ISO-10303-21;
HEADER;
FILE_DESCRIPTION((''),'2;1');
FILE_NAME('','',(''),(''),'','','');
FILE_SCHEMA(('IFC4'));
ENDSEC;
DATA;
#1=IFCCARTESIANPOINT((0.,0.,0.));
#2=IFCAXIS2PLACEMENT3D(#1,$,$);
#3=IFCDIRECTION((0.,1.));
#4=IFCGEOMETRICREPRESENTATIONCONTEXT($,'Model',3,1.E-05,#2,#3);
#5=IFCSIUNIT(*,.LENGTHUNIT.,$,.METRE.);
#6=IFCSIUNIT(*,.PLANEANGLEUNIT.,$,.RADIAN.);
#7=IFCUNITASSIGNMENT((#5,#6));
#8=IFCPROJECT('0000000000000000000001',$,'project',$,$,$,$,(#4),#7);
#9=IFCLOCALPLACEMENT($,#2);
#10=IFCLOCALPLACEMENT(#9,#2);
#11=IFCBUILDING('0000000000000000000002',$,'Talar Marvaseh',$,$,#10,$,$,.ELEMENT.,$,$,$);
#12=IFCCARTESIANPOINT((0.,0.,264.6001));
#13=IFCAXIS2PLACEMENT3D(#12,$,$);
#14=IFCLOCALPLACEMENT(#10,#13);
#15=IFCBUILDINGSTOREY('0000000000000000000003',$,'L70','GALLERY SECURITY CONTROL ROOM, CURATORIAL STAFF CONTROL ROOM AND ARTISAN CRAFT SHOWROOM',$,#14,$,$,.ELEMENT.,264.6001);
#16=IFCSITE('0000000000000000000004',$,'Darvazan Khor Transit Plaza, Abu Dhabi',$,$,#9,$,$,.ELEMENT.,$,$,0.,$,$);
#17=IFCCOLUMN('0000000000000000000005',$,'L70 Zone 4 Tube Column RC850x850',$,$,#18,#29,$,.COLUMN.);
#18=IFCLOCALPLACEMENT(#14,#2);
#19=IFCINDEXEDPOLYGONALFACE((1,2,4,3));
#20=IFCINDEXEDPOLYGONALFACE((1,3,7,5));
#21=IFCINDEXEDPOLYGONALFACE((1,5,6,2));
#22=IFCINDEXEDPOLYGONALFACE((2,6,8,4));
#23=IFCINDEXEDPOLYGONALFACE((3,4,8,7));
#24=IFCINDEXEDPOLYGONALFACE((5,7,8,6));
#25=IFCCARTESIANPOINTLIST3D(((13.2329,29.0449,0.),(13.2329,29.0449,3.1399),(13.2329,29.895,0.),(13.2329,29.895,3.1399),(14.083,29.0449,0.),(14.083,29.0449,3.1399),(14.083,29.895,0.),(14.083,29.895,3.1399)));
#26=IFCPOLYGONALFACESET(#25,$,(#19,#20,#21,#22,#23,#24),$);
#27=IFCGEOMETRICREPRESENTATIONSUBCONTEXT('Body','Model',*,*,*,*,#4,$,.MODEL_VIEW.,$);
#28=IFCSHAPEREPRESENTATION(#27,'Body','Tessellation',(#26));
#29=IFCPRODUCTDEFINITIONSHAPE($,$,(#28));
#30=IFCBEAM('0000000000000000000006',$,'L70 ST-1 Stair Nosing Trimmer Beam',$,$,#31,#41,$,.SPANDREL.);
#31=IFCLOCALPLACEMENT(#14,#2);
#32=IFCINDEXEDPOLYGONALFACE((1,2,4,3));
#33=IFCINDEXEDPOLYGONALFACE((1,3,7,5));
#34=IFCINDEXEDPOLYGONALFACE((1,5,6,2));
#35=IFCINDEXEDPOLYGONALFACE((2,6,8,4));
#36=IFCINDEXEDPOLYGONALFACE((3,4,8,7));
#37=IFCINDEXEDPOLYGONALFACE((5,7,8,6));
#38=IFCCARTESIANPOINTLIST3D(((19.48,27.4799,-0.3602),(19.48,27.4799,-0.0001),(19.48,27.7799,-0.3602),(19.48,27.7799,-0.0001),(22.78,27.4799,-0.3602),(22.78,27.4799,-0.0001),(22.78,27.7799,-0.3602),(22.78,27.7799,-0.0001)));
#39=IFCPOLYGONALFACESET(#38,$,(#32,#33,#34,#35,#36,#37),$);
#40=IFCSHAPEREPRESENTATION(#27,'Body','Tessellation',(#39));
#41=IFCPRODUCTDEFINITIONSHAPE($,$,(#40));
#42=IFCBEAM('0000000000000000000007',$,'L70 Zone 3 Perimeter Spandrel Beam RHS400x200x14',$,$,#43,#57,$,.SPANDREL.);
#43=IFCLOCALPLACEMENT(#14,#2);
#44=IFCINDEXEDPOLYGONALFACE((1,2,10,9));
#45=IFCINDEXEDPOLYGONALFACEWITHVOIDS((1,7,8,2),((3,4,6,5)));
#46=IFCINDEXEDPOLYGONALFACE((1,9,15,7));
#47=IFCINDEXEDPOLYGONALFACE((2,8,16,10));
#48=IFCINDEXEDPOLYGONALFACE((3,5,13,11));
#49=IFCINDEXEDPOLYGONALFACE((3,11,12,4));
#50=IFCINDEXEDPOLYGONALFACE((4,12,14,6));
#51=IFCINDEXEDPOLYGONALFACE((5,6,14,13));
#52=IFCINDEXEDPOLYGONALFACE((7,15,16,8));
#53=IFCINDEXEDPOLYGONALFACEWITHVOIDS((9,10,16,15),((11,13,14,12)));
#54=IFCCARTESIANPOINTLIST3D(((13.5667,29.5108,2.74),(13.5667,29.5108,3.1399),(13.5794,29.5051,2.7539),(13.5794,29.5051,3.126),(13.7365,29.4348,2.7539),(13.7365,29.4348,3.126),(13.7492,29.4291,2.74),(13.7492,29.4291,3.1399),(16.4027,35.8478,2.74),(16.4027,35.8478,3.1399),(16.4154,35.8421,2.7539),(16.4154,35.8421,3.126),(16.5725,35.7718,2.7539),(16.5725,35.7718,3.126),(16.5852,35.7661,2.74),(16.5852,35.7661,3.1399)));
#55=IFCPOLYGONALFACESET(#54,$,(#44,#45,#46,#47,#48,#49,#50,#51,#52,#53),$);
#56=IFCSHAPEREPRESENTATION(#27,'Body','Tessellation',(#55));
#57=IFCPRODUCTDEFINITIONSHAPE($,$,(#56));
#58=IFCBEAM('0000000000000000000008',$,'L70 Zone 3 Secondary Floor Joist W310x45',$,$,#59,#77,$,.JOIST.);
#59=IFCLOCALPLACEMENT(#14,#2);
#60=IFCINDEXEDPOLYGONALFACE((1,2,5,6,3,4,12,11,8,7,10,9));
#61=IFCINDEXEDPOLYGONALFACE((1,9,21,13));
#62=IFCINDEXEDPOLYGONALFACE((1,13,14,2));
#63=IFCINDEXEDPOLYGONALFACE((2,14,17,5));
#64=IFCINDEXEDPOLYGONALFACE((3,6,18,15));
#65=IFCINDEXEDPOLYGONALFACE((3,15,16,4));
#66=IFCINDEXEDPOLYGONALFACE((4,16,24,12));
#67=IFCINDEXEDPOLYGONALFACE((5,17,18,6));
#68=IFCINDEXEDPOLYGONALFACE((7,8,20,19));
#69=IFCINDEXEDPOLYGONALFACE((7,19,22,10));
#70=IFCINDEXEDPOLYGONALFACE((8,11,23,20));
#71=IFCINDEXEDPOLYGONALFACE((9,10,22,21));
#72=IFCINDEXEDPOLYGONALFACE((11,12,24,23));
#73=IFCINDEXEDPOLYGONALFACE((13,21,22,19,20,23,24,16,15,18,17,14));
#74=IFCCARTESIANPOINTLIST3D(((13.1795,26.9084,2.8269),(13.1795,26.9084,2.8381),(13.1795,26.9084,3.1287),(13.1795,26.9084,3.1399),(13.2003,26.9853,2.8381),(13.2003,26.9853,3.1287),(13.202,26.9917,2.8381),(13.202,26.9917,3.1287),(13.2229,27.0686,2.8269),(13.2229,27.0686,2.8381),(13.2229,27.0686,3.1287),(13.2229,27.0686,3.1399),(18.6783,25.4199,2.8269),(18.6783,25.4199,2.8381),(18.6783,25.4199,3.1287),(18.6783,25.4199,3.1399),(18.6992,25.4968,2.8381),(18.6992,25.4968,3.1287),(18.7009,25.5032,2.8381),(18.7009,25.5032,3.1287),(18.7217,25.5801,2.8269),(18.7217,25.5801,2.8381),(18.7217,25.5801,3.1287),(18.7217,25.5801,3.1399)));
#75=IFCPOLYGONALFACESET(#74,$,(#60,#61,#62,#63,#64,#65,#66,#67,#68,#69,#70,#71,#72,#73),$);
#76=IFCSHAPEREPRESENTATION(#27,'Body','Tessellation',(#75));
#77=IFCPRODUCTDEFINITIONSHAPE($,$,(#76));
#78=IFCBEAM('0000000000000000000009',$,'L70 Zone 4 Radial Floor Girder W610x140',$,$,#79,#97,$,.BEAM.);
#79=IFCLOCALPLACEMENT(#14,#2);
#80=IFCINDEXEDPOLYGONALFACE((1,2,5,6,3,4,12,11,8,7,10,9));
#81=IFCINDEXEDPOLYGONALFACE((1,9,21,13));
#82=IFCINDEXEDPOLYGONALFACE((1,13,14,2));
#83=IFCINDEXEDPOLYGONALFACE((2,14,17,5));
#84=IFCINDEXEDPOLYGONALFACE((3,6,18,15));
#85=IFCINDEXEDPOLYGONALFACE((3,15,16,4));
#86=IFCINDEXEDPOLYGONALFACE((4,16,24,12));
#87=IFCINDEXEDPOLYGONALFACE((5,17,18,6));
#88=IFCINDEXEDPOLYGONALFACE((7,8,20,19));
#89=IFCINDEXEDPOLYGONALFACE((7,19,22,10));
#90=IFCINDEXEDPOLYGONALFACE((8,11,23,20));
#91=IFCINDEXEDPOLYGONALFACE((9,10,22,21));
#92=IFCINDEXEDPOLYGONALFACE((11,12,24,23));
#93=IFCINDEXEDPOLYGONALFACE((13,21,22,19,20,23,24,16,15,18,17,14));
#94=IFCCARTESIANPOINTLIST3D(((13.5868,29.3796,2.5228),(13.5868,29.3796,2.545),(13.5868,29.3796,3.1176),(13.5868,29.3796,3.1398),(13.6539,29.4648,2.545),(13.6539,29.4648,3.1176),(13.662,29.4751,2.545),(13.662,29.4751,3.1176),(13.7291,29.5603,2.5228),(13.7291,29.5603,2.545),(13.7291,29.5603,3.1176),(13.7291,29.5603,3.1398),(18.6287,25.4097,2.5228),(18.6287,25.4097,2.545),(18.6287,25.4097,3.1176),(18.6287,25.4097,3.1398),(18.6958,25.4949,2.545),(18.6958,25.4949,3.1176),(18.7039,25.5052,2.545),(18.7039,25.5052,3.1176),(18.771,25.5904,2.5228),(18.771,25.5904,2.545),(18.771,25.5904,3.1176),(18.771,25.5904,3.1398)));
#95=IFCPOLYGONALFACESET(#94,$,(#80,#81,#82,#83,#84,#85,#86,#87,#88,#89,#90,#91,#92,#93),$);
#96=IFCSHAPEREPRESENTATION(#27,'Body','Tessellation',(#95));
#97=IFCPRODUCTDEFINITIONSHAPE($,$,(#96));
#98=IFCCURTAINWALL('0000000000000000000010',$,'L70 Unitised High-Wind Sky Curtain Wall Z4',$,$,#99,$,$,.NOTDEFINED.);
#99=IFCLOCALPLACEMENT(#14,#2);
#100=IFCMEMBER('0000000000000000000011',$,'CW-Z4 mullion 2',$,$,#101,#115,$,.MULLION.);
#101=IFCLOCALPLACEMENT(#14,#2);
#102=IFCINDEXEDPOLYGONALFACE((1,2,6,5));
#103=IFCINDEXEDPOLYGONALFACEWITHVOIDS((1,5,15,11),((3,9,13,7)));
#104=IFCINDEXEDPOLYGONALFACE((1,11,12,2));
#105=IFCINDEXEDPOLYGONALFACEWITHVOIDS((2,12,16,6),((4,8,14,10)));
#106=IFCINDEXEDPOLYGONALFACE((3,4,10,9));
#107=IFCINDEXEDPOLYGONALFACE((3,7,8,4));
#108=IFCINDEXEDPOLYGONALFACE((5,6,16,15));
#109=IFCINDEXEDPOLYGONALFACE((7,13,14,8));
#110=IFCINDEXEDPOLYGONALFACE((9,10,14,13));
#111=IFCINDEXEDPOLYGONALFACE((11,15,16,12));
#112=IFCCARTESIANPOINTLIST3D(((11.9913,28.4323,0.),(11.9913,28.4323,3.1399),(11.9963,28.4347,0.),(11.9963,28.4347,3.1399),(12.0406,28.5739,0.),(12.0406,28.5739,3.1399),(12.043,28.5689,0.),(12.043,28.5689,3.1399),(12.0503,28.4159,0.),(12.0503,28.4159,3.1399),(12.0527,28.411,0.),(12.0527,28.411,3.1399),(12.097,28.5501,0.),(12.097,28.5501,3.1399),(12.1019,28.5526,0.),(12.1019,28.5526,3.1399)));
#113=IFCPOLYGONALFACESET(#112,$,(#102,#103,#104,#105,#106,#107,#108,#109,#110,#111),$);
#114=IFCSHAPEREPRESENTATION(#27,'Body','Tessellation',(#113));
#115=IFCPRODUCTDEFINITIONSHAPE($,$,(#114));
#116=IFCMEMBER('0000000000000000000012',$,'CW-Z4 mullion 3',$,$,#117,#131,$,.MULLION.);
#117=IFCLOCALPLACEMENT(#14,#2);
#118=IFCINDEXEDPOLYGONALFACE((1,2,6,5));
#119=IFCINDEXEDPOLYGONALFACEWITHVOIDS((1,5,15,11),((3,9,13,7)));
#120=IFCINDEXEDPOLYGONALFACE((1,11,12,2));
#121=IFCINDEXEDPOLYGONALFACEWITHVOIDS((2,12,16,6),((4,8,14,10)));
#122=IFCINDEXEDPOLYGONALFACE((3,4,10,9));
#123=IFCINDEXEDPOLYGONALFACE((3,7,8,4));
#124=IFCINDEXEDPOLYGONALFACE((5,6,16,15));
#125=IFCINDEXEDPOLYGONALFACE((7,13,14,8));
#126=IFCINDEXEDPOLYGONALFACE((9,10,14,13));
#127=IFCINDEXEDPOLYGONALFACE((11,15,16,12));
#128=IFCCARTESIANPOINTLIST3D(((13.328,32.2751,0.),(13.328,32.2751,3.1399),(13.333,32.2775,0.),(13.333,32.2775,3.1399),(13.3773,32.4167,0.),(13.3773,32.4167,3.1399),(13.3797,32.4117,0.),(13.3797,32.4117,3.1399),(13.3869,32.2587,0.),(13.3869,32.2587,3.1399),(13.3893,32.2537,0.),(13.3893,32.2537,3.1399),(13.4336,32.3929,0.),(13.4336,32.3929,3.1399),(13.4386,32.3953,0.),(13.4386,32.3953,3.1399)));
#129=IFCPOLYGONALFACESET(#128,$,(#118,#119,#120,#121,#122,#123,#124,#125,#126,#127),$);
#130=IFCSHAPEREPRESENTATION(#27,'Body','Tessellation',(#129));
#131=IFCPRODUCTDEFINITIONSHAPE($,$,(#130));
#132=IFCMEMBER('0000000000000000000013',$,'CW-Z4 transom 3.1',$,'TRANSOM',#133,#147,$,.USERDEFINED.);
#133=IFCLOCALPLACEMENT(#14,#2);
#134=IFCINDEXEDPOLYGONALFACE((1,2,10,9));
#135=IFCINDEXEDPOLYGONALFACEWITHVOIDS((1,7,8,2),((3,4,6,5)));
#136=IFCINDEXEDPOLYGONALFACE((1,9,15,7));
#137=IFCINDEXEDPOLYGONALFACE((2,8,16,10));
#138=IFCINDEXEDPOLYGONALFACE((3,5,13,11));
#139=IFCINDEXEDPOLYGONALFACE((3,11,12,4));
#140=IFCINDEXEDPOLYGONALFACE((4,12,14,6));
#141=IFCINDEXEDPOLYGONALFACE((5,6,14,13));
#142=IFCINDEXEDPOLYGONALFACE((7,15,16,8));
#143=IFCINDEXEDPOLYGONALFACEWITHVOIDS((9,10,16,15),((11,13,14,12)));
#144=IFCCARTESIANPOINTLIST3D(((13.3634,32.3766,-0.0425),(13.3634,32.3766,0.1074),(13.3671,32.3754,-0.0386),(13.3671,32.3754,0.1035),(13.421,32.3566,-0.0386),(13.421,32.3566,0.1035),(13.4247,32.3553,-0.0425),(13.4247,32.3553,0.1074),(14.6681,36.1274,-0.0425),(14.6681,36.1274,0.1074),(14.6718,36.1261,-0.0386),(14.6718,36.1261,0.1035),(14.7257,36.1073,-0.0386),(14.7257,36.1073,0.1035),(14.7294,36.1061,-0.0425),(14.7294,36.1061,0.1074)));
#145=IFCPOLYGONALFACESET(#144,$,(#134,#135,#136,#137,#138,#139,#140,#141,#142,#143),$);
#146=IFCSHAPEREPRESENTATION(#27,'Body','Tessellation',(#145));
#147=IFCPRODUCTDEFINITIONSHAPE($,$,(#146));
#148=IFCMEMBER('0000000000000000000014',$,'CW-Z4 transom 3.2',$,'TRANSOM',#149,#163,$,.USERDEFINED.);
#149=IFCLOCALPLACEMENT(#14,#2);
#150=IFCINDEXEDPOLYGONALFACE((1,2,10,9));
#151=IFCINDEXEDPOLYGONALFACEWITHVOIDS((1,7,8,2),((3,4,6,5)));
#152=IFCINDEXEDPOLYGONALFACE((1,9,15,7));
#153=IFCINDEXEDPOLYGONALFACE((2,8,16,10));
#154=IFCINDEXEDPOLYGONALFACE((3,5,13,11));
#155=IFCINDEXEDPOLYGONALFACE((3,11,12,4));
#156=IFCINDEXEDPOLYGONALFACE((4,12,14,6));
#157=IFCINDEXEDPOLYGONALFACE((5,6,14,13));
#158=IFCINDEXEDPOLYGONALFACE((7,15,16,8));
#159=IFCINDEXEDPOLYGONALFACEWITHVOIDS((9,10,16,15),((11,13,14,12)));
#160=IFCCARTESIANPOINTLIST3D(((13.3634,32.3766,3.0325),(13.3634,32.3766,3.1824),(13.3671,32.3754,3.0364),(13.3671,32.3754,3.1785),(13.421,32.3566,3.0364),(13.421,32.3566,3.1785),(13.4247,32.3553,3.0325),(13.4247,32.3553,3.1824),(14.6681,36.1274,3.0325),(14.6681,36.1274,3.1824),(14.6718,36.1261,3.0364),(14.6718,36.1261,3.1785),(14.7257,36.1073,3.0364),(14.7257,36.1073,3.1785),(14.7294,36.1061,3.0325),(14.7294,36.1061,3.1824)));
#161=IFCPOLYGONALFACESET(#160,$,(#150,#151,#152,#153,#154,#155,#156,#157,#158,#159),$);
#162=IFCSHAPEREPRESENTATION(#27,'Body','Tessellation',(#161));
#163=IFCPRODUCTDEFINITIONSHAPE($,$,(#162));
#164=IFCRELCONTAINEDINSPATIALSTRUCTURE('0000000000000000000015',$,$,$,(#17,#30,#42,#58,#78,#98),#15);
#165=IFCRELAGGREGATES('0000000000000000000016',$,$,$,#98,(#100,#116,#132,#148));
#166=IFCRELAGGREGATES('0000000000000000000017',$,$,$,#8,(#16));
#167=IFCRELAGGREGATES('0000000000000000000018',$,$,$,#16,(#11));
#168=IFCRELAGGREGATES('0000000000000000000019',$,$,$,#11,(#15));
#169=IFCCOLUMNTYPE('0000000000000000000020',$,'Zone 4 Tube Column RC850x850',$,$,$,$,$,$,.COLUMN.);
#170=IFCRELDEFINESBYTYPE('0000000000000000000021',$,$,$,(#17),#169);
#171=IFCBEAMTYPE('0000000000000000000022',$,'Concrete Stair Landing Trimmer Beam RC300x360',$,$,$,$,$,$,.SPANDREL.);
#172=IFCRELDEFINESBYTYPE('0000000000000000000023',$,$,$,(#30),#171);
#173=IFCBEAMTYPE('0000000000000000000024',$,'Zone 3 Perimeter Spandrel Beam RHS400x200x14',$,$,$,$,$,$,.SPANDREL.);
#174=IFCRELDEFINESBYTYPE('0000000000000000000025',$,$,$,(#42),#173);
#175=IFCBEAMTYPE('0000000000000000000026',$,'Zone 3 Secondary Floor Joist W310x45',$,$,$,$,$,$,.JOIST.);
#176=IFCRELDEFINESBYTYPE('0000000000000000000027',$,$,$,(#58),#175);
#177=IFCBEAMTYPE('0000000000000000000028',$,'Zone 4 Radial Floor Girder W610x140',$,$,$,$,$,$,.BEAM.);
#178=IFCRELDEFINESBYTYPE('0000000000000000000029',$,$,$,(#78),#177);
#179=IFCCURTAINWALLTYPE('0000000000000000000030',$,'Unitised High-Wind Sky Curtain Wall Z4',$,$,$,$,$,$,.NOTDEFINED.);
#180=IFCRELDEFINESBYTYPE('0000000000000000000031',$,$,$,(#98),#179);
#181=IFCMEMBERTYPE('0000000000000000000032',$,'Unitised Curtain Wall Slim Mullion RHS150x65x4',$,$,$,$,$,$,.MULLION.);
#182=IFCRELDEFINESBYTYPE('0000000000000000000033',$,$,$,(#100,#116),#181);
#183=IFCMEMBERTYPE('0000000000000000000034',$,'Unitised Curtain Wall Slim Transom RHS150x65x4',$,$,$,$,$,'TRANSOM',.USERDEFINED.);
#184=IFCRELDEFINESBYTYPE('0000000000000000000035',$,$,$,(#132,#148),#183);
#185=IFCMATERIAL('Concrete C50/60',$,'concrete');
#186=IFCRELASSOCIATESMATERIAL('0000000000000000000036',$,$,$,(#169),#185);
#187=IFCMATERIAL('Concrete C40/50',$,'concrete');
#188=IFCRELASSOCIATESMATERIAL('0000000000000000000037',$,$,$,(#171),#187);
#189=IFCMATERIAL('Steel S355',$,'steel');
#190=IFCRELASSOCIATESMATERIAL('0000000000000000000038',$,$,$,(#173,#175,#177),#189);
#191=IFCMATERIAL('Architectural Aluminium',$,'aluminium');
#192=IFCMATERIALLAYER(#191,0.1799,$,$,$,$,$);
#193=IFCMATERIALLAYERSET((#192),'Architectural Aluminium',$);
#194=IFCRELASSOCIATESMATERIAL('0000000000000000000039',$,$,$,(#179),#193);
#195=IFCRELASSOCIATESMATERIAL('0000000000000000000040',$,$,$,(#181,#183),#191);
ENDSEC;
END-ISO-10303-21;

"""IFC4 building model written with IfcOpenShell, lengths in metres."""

from ifc_helpers import new_model, si_unit, direction, frame, origin, origin_2d, place, context, subcontext, project, spatial, rectangle, hollow_rectangle, i_section, extrude, source, transform, mapped, material, layer, layer_set, material_profile, profile_set, type_object, type_shapes, element, aggregate, save


model = new_model("IFC4")

# Units and contexts
model_context = context("Model", 3, precision=1e-05, world=origin(), true_north=direction((0.0, 1.0)))
body_context = subcontext(model_context, "Body", "Model", "MODEL_VIEW")
ifc_project = project(units=[si_unit("LENGTHUNIT", "METRE"), si_unit("PLANEANGLEUNIT", "RADIAN")], contexts=[model_context])

# Site, building, storey
site_placement = place(None, origin())
site = spatial("IfcSite", under=ifc_project, at=site_placement, Name="Darvazan Khor Transit Plaza, Abu Dhabi", CompositionType="ELEMENT", RefElevation=0.0)
building_placement = place(site_placement, origin())
building = spatial("IfcBuilding", under=site, at=building_placement, Name="Talar Marvaseh", CompositionType="ELEMENT")
storey_placement = place(building_placement, frame((0.0, 0.0, 264.6001)))
storey = spatial("IfcBuildingStorey", under=building, at=storey_placement, Name="L70", Description="GALLERY SECURITY CONTROL ROOM, CURATORIAL STAFF CONTROL ROOM AND ARTISAN CRAFT SHOWROOM", CompositionType="ELEMENT", Elevation=264.6001)

# Column
ifc_material_1 = material(Name="Concrete C50/60", Category="concrete")
ifc_material_profile_1 = material_profile(ifc_material_1, rectangle(XDim=0.8501, YDim=0.8501, at=origin_2d()), Name="RC850x850")
ifc_profile_set_1 = profile_set([ifc_material_profile_1], Name="Concrete C50/60")
column_type = type_object("IfcColumnType", Name="Zone 4 Tube Column RC850x850", PredefinedType="COLUMN", material=ifc_profile_set_1)
column_placement = place(storey_placement, frame((13.658, 29.47, 0.0), z_axis=(0.0, 0.0, 1.0), x_axis=(1.0, 0.0, 0.0)))
element("IfcColumn", 1, at=column_placement, inside=storey, type_object=column_type, Name="L70 Zone 4 Tube Column RC850x850", PredefinedType="COLUMN", context=body_context, shape_type="SweptSolid", body=[
    extrude(rectangle(XDim=0.8501, YDim=0.8501, at=origin_2d()), origin(), (0.0, 0.0, 1.0), 3.1399),
])

# Beams
ifc_material_2 = material(Name="Concrete C40/50", Category="concrete")
ifc_material_profile_2 = material_profile(ifc_material_2, rectangle(XDim=0.3, YDim=0.3601, at=origin_2d()), Name="RC300x360")
ifc_profile_set_2 = profile_set([ifc_material_profile_2], Name="Concrete C40/50")
beam_type_1 = type_object("IfcBeamType", Name="Concrete Stair Landing Trimmer Beam RC300x360", PredefinedType="SPANDREL", material=ifc_profile_set_2)
beam_1_placement = place(storey_placement, frame((22.78, 27.6299, -0.1802), z_axis=(-1.0, 0.0, 0.0), x_axis=(0.0, -1.0, 0.0)))
element("IfcBeam", 2, at=beam_1_placement, inside=storey, type_object=beam_type_1, Name="L70 ST-1 Stair Nosing Trimmer Beam", PredefinedType="SPANDREL", context=body_context, shape_type="SweptSolid", body=[
    extrude(rectangle(XDim=0.3, YDim=0.3601, at=origin_2d()), origin(), (0.0, 0.0, 1.0), 3.3),
])
ifc_material_3 = material(Name="Steel S355", Category="steel")
ifc_material_profile_3 = material_profile(ifc_material_3, hollow_rectangle(XDim=0.2, YDim=0.3999, WallThickness=0.0139, at=origin_2d()), Name="RHS400x200x14")
ifc_profile_set_3 = profile_set([ifc_material_profile_3], Name="Steel S355")
beam_type_2 = type_object("IfcBeamType", Name="Zone 3 Perimeter Spandrel Beam RHS400x200x14", PredefinedType="SPANDREL", material=ifc_profile_set_3)
beam_2_placement = place(storey_placement, frame((13.658, 29.47, 2.9399), z_axis=(0.408486, 0.912764, 0.0), x_axis=(-0.912764, 0.408486, 0.0)))
element("IfcBeam", 3, at=beam_2_placement, inside=storey, type_object=beam_type_2, Name="L70 Zone 3 Perimeter Spandrel Beam RHS400x200x14", PredefinedType="SPANDREL", context=body_context, shape_type="SweptSolid", body=[
    extrude(hollow_rectangle(XDim=0.2, YDim=0.3999, WallThickness=0.0139, at=origin_2d()), origin(), (0.0, 0.0, 1.0), 6.9426),
])
ifc_material_profile_4 = material_profile(ifc_material_3, i_section(OverallWidth=0.166, OverallDepth=0.313, WebThickness=0.0066, FlangeThickness=0.0112, at=origin_2d()), Name="W310x45")
ifc_profile_set_4 = profile_set([ifc_material_profile_4], Name="Steel S355")
beam_type_3 = type_object("IfcBeamType", Name="Zone 3 Secondary Floor Joist W310x45", PredefinedType="JOIST", material=ifc_profile_set_4)
beam_3_placement = place(storey_placement, frame((13.2012, 26.9885, 2.9834), z_axis=(0.965259, -0.261297, 0.0), x_axis=(0.261297, 0.965259, 0.0)))
element("IfcBeam", 4, at=beam_3_placement, inside=storey, type_object=beam_type_3, Name="L70 Zone 3 Secondary Floor Joist W310x45", PredefinedType="JOIST", context=body_context, shape_type="SweptSolid", body=[
    extrude(i_section(OverallWidth=0.166, OverallDepth=0.313, WebThickness=0.0066, FlangeThickness=0.0112, at=origin_2d()), origin(), (0.0, 0.0, 1.0), 5.6968),
])
ifc_material_profile_5 = material_profile(ifc_material_3, i_section(OverallWidth=0.23, OverallDepth=0.6169, WebThickness=0.0132, FlangeThickness=0.0222, at=origin_2d()), Name="W610x140")
ifc_profile_set_5 = profile_set([ifc_material_profile_5], Name="Steel S355")
beam_type_4 = type_object("IfcBeamType", Name="Zone 4 Radial Floor Girder W610x140", PredefinedType="BEAM", material=ifc_profile_set_5)
beam_4_placement = place(storey_placement, frame((13.658, 29.47, 2.8313), z_axis=(0.785682, -0.618631, 0.0), x_axis=(0.618631, 0.785682, 0.0)))
element("IfcBeam", 5, at=beam_4_placement, inside=storey, type_object=beam_type_4, Name="L70 Zone 4 Radial Floor Girder W610x140", PredefinedType="BEAM", context=body_context, shape_type="SweptSolid", body=[
    extrude(i_section(OverallWidth=0.23, OverallDepth=0.6169, WebThickness=0.0132, FlangeThickness=0.0222, at=origin_2d()), origin(), (0.0, 0.0, 1.0), 6.4172),
])

# Curtain wall, members
ifc_material_4 = material(Name="Architectural Aluminium", Category="aluminium")
ifc_layer_1 = layer(ifc_material_4, 0.1799)
ifc_layer_set_1 = layer_set([ifc_layer_1], Name="Architectural Aluminium")
curtain_wall_type = type_object("IfcCurtainWallType", Name="Unitised High-Wind Sky Curtain Wall Z4", PredefinedType="NOTDEFINED", material=ifc_layer_set_1)
curtain_wall_placement = place(storey_placement, origin())
curtain_wall = element("IfcCurtainWall", 6, at=curtain_wall_placement, inside=storey, type_object=curtain_wall_type, Name="L70 Unitised High-Wind Sky Curtain Wall Z4", PredefinedType="NOTDEFINED")
ifc_material_profile_6 = material_profile(ifc_material_4, hollow_rectangle(XDim=0.0649, YDim=0.1499, WallThickness=0.0039, at=origin_2d()), Name="RHS150x65x4")
ifc_profile_set_6 = profile_set([ifc_material_profile_6], Name="Architectural Aluminium")
member_type_1 = type_object("IfcMemberType", Name="Unitised Curtain Wall Slim Mullion RHS150x65x4", PredefinedType="MULLION", material=ifc_profile_set_6)
shared_shape_1 = source(origin(), body_context, "Body", "SweptSolid", [
    extrude(hollow_rectangle(XDim=0.0649, YDim=0.1499, WallThickness=0.0039, at=origin_2d()), origin(), (0.0, 0.0, 1.0), 3.1399),
])
type_shapes(member_type_1, [shared_shape_1])
member_1_placement = place(storey_placement, frame((12.0466, 28.4924, 0.0), z_axis=(0.0, 0.0, 1.0), x_axis=(-0.94448, 0.328569, 0.0)))
member_1 = element("IfcMember", 7, at=member_1_placement, type_object=member_type_1, Name="CW-Z4 mullion 2", PredefinedType="MULLION", context=body_context, shape_type="MappedRepresentation", body=[
    mapped(shared_shape_1, transform((0.0, 0.0, 0.0), x_axis=(1.0, 0.0, 0.0), y_axis=(0.0, 1.0, 0.0), z_axis=(0.0, 0.0, 1.0), scale=1.0)),
])
member_2_placement = place(storey_placement, frame((13.3833, 32.3352, 0.0), z_axis=(0.0, 0.0, 1.0), x_axis=(-0.94448, 0.328569, 0.0)))
member_2 = element("IfcMember", 8, at=member_2_placement, type_object=member_type_1, Name="CW-Z4 mullion 3", PredefinedType="MULLION", context=body_context, shape_type="MappedRepresentation", body=[
    mapped(shared_shape_1, transform((0.0, 0.0, 0.0), x_axis=(1.0, 0.0, 0.0), y_axis=(0.0, 1.0, 0.0), z_axis=(0.0, 0.0, 1.0), scale=1.0)),
])
ifc_material_profile_7 = material_profile(ifc_material_4, hollow_rectangle(XDim=0.0649, YDim=0.1499, WallThickness=0.0039, at=origin_2d()), Name="RHS150x65x4")
ifc_profile_set_7 = profile_set([ifc_material_profile_7], Name="Architectural Aluminium")
member_type_2 = type_object("IfcMemberType", Name="Unitised Curtain Wall Slim Transom RHS150x65x4", ElementType="TRANSOM", PredefinedType="USERDEFINED", material=ifc_profile_set_7)
shared_shape_2 = source(origin(), body_context, "Body", "SweptSolid", [
    extrude(hollow_rectangle(XDim=0.0649, YDim=0.1499, WallThickness=0.0039, at=origin_2d()), origin(), (0.0, 0.0, 1.0), 3.9712),
])
member_3_placement = place(storey_placement, frame((13.394, 32.366, 0.0325), z_axis=(0.32854, 0.94449, 0.0), x_axis=(-0.94449, 0.32854, 0.0)))
member_3 = element("IfcMember", 9, at=member_3_placement, type_object=member_type_2, Name="CW-Z4 transom 3.1", ObjectType="TRANSOM", PredefinedType="USERDEFINED", context=body_context, shape_type="MappedRepresentation", body=[
    mapped(shared_shape_2, transform((0.0, 0.0, 0.0), x_axis=(1.0, 0.0, 0.0), y_axis=(0.0, 1.0, 0.0), z_axis=(0.0, 0.0, 1.0), scale=1.0)),
])
member_4_placement = place(storey_placement, frame((13.394, 32.366, 3.1074), z_axis=(0.32854, 0.94449, 0.0), x_axis=(-0.94449, 0.32854, 0.0)))
member_4 = element("IfcMember", 10, at=member_4_placement, type_object=member_type_2, Name="CW-Z4 transom 3.2", ObjectType="TRANSOM", PredefinedType="USERDEFINED", context=body_context, shape_type="MappedRepresentation", body=[
    mapped(shared_shape_2, transform((0.0, 0.0, 0.0), x_axis=(1.0, 0.0, 0.0), y_axis=(0.0, 1.0, 0.0), z_axis=(0.0, 0.0, 1.0), scale=1.0)),
])
aggregate(curtain_wall, [member_1, member_2, member_3, member_4])

save(model, "model.ifc")
